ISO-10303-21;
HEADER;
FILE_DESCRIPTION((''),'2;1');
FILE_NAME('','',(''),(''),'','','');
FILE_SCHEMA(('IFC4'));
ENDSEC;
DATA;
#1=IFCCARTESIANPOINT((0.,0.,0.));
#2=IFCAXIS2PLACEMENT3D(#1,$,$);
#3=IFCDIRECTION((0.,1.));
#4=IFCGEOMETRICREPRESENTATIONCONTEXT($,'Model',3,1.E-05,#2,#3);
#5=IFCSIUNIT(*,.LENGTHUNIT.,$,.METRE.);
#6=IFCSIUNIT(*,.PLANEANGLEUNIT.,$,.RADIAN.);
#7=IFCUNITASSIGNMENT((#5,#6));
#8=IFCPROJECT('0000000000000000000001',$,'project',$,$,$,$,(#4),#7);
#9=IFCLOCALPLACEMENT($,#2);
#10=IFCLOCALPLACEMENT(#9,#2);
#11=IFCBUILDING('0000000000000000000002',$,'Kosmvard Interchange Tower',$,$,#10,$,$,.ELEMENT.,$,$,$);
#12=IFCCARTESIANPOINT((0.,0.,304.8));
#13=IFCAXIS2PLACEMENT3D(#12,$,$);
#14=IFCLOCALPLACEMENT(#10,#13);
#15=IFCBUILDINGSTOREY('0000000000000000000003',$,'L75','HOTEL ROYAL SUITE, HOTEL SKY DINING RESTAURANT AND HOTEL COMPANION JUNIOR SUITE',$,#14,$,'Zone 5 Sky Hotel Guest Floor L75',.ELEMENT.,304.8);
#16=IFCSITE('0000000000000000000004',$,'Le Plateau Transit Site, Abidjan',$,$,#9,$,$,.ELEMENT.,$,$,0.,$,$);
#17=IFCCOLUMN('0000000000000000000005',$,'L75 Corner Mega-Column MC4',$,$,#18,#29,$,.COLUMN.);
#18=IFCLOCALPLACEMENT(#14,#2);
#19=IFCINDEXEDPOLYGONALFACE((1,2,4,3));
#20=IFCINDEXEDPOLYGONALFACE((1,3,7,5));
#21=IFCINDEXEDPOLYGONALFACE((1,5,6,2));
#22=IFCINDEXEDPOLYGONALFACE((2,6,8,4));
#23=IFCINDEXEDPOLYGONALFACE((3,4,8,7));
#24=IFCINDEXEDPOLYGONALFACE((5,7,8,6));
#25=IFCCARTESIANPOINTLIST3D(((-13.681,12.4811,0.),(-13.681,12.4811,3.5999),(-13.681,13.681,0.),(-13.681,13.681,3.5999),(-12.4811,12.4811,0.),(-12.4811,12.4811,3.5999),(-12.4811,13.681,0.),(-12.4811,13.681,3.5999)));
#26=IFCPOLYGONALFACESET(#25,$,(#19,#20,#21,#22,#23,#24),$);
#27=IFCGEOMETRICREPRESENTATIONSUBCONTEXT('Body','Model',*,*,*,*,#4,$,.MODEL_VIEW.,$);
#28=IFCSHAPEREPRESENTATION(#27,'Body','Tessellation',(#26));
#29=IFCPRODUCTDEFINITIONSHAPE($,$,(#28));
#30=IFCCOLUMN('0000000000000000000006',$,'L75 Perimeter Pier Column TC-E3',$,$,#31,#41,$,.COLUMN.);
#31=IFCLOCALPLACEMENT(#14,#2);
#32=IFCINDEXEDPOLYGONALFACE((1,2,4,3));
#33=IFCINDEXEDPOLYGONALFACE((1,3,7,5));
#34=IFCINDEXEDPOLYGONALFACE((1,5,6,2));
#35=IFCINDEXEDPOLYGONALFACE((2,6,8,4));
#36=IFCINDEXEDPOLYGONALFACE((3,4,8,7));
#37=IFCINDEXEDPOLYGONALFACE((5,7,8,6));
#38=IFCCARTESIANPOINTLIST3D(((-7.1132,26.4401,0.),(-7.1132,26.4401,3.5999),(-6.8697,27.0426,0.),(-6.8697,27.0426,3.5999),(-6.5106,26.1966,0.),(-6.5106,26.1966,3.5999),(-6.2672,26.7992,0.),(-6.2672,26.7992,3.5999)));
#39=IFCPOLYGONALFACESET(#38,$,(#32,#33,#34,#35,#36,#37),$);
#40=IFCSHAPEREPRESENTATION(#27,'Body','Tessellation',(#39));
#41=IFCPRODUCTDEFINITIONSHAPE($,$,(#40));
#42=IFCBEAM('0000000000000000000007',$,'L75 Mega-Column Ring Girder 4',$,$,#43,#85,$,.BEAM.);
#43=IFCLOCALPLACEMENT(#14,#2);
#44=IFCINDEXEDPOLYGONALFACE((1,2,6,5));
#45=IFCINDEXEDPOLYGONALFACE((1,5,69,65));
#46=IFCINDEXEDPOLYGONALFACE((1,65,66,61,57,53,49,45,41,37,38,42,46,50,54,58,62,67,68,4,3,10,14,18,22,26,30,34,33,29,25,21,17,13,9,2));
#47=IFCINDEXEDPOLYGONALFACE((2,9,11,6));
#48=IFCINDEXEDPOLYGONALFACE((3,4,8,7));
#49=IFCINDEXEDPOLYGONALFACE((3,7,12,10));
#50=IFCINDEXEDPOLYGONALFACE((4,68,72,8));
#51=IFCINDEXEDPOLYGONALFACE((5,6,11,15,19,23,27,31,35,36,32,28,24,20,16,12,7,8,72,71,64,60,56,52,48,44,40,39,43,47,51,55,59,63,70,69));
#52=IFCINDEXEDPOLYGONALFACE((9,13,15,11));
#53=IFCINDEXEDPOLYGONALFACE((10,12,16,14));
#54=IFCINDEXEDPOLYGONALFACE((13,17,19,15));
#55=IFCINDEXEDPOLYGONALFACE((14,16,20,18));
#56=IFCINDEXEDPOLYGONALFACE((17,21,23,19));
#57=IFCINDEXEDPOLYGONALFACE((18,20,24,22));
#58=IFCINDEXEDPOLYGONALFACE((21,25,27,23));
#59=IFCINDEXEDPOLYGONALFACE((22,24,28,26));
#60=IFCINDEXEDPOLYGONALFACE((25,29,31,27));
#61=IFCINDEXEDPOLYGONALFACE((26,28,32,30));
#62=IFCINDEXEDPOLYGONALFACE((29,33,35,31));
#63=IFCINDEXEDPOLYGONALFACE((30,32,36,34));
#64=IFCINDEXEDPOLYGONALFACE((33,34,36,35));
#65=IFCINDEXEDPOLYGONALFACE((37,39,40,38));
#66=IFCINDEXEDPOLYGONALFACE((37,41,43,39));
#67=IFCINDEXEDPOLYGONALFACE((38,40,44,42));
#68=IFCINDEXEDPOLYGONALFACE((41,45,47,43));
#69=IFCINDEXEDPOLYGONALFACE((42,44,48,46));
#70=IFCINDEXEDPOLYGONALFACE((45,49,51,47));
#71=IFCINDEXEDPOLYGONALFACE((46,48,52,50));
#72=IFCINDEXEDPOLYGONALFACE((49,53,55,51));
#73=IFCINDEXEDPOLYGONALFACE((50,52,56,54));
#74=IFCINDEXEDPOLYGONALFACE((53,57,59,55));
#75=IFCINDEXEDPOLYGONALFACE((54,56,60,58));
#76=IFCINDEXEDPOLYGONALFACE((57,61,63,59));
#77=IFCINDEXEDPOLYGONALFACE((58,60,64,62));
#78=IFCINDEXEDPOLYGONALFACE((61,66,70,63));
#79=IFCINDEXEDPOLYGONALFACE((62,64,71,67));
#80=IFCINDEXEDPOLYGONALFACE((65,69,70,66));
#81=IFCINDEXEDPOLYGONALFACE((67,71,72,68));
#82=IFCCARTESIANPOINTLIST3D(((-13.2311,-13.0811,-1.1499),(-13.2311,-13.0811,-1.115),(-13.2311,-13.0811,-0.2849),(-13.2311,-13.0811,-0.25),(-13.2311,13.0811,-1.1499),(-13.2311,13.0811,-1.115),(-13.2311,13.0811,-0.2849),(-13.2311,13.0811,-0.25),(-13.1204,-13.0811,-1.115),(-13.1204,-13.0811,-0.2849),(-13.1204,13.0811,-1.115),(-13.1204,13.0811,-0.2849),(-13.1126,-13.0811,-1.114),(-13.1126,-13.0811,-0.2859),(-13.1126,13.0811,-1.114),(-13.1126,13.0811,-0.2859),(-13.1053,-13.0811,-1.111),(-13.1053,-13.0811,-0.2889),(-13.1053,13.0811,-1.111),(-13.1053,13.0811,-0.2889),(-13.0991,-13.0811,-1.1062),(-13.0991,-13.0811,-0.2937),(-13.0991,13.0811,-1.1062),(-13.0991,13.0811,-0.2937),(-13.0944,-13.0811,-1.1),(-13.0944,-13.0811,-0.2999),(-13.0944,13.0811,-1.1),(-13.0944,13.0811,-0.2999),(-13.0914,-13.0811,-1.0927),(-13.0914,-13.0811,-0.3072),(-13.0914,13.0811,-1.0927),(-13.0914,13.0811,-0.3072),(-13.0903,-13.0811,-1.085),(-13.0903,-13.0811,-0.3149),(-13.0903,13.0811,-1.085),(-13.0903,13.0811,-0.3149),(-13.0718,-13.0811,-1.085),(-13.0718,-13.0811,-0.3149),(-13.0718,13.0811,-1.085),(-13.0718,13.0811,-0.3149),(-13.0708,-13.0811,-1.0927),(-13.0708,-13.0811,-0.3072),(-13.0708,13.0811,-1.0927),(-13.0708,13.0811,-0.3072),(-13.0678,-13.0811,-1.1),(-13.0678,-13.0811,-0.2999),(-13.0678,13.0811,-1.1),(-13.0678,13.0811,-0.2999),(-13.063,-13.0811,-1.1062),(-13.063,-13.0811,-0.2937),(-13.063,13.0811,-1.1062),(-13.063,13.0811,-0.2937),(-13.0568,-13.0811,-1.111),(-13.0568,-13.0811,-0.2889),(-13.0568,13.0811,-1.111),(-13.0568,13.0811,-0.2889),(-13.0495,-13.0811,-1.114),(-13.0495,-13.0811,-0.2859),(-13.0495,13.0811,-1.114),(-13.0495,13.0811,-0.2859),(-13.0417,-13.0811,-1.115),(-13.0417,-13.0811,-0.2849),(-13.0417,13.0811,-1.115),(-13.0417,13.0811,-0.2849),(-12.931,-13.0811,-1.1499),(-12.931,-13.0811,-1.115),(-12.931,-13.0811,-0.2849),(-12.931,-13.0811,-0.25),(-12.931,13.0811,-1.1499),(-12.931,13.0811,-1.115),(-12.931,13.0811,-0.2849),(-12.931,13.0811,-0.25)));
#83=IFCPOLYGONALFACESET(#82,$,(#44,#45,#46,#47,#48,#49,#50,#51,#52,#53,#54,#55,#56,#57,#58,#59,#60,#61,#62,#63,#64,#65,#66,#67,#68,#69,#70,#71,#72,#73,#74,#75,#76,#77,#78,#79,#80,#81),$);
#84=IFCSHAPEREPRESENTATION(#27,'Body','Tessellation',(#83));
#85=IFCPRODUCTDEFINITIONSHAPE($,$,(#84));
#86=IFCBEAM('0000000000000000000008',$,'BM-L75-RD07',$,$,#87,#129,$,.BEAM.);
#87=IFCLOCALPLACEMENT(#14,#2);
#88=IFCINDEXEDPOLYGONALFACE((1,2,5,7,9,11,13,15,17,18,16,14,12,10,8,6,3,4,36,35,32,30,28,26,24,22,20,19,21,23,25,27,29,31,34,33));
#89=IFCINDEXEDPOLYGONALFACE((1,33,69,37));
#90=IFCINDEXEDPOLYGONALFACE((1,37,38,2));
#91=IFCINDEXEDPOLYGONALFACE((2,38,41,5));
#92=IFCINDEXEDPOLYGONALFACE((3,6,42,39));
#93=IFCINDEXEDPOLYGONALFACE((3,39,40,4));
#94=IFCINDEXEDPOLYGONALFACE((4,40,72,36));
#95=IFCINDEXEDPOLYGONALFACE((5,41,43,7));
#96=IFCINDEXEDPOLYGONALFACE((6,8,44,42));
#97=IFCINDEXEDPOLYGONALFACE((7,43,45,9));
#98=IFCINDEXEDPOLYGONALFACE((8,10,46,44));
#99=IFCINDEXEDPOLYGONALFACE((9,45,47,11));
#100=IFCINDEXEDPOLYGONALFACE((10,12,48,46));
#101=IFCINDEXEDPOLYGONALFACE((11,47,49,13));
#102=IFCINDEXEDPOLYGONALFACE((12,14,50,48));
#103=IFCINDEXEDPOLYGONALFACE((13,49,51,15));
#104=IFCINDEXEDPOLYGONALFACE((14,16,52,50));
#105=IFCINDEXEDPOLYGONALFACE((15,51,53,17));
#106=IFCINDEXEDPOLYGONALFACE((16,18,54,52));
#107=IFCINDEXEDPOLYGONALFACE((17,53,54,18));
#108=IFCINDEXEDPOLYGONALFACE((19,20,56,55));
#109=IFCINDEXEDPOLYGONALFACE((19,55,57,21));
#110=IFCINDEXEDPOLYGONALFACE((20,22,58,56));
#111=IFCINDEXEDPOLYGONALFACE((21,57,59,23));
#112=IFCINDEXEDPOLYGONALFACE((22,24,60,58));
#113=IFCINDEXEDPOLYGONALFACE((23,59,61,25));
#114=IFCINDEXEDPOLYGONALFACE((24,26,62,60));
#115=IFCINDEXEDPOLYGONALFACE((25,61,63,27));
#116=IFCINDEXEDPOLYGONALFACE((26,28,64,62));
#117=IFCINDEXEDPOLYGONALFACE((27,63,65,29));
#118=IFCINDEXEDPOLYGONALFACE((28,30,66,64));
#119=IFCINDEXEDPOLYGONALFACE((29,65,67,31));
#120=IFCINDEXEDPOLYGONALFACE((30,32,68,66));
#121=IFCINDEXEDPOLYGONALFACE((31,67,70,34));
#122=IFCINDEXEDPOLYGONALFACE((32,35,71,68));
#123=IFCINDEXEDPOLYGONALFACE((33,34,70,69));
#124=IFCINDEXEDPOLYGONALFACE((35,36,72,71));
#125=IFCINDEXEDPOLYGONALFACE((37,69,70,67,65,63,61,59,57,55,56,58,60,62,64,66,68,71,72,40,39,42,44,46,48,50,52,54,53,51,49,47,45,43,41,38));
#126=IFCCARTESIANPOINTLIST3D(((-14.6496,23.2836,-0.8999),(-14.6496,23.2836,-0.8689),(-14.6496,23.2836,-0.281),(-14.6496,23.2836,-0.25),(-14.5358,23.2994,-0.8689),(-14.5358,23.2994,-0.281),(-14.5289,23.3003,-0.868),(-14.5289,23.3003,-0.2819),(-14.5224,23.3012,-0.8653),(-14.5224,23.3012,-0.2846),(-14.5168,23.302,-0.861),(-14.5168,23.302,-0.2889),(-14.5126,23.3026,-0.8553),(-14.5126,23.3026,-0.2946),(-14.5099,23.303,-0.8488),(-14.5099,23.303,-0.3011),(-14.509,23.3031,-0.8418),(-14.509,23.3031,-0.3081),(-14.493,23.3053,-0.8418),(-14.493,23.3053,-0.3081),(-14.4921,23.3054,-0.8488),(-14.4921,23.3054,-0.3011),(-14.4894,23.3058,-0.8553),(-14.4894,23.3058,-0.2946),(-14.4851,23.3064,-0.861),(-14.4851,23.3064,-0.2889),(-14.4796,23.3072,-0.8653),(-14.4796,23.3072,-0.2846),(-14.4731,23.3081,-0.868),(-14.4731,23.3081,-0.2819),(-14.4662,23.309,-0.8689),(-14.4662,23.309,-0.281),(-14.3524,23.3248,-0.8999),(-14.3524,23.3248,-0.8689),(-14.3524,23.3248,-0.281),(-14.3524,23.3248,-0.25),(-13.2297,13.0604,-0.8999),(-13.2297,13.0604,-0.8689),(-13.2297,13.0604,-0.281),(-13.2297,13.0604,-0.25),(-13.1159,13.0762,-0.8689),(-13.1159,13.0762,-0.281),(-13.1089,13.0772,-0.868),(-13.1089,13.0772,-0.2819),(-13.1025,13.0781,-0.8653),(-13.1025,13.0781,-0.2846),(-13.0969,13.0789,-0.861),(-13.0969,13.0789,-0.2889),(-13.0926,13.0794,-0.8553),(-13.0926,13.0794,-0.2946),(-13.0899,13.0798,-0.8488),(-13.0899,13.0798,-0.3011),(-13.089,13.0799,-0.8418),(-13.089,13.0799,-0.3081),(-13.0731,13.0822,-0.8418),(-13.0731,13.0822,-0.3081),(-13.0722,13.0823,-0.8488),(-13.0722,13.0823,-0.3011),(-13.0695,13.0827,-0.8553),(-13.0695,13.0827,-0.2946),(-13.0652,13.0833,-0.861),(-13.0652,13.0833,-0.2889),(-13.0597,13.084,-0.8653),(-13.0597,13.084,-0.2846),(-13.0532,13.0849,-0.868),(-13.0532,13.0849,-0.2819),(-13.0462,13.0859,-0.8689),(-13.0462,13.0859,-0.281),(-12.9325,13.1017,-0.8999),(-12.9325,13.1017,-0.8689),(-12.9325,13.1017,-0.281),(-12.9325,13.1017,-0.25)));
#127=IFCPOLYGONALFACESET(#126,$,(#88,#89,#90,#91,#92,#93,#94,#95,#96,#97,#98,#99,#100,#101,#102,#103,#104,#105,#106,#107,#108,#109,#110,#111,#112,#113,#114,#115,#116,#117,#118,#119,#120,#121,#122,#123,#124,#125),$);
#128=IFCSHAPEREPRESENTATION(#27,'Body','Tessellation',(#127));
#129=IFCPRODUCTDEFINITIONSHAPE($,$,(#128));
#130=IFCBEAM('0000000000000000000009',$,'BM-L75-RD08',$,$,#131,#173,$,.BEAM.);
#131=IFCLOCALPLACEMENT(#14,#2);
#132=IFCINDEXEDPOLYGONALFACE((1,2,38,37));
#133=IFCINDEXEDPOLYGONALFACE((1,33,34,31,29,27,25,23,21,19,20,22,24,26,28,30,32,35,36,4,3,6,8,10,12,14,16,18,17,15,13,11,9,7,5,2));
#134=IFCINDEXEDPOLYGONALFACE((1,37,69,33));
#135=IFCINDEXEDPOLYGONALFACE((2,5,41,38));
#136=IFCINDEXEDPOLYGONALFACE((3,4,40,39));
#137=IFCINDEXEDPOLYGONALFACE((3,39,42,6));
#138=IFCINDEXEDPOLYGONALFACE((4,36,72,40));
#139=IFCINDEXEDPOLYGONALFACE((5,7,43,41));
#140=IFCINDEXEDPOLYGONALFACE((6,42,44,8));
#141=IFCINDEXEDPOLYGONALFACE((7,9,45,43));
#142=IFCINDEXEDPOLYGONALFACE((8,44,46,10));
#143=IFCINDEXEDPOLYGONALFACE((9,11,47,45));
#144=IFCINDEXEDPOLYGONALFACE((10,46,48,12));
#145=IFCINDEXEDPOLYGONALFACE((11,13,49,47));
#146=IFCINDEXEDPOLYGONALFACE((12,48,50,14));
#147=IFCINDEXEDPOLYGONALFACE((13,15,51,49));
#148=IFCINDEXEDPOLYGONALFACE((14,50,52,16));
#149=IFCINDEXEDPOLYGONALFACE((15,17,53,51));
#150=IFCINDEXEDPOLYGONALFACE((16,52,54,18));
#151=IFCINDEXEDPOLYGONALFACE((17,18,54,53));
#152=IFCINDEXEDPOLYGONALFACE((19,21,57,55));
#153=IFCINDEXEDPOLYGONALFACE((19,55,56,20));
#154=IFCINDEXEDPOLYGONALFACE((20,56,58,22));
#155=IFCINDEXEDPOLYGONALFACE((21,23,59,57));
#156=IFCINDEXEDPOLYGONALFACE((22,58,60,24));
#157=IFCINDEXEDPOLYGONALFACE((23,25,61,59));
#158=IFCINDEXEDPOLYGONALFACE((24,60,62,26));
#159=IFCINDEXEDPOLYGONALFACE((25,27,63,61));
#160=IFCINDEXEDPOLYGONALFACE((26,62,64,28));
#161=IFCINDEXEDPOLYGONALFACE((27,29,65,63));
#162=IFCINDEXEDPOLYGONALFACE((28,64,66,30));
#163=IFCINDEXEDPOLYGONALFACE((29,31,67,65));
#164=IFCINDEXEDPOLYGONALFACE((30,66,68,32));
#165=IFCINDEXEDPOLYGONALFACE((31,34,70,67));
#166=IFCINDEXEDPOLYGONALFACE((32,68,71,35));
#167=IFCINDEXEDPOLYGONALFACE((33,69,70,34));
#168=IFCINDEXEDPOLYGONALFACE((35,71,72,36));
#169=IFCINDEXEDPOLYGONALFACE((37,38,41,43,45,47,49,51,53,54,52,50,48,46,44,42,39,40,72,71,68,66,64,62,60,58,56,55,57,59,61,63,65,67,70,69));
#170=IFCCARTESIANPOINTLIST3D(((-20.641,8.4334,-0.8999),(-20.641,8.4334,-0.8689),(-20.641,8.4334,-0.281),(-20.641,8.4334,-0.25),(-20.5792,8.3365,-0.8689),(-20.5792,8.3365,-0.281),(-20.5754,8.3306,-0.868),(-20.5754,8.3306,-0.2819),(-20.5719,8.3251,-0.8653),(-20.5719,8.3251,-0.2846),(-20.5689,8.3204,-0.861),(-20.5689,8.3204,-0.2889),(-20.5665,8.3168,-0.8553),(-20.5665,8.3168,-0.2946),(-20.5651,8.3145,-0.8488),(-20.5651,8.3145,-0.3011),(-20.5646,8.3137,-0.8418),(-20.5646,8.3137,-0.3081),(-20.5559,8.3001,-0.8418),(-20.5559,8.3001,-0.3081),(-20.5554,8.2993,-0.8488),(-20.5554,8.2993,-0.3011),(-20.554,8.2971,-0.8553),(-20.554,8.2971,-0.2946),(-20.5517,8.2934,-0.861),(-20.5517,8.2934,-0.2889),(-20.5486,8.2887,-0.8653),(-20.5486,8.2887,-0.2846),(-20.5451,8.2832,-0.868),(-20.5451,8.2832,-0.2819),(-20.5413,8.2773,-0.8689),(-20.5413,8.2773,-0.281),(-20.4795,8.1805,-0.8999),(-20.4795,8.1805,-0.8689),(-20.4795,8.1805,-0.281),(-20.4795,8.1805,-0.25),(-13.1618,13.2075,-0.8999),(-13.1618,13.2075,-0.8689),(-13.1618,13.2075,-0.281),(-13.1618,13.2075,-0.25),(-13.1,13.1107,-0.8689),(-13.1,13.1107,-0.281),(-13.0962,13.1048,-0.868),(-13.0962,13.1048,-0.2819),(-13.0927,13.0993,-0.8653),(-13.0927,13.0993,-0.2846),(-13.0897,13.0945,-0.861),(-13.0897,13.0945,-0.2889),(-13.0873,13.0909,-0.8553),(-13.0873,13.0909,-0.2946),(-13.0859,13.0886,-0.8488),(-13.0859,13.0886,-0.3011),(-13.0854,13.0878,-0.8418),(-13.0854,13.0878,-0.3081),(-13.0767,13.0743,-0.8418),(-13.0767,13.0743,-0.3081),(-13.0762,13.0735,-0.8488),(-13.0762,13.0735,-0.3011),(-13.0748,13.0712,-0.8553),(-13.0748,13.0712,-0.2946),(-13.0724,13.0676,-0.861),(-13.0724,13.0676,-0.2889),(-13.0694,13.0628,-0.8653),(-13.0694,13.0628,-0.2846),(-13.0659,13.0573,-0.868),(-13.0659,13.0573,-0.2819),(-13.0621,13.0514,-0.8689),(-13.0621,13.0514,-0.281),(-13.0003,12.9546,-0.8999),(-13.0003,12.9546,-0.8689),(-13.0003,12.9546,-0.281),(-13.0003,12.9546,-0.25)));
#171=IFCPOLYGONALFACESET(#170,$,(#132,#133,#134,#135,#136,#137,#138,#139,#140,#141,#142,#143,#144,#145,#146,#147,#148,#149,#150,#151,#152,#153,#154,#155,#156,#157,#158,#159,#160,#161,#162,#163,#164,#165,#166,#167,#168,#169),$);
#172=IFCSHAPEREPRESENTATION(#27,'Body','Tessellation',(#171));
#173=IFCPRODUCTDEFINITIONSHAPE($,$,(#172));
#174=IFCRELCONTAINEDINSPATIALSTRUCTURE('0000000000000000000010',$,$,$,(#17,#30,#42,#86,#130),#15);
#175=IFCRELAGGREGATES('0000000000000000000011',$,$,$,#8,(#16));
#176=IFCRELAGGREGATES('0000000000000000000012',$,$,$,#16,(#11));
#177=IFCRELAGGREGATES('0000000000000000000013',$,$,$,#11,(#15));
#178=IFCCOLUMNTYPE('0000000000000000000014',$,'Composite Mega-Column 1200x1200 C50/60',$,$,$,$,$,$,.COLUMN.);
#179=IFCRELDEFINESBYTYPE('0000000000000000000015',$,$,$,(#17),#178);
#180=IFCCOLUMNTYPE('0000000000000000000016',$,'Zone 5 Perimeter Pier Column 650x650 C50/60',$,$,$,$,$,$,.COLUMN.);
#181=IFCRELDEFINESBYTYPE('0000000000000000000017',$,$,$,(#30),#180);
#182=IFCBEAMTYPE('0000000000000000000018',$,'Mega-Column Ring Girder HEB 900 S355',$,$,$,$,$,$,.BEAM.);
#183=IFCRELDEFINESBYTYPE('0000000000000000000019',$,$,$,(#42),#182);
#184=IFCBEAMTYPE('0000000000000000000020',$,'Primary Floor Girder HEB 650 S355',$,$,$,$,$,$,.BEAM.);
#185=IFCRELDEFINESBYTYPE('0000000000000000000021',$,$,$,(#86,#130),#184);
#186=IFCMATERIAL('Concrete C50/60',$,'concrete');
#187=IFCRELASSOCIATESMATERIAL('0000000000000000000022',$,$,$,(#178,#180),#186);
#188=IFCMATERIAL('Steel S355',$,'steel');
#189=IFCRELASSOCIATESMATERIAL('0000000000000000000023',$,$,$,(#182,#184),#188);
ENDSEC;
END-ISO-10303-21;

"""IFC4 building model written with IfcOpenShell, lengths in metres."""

from ifc_helpers import new_model, si_unit, direction, frame, origin, origin_2d, place, context, subcontext, project, spatial, rectangle, i_section, extrude, source, transform, mapped, material, material_profile, profile_set, type_object, element, save


model = new_model("IFC4")

# Units and contexts
model_context = context("Model", 3, precision=1e-05, world=origin(), true_north=direction((0.0, 1.0)))
body_context = subcontext(model_context, "Body", "Model", "MODEL_VIEW")
ifc_project = project(units=[si_unit("LENGTHUNIT", "METRE"), si_unit("PLANEANGLEUNIT", "RADIAN")], contexts=[model_context])

# Site, building, storey
site_placement = place(None, origin())
site = spatial("IfcSite", under=ifc_project, at=site_placement, Name="Le Plateau Transit Site, Abidjan", CompositionType="ELEMENT", RefElevation=0.0)
building_placement = place(site_placement, origin())
building = spatial("IfcBuilding", under=site, at=building_placement, Name="Kosmvard Interchange Tower", CompositionType="ELEMENT")
storey_placement = place(building_placement, frame((0.0, 0.0, 304.8)))
storey = spatial("IfcBuildingStorey", under=building, at=storey_placement, Name="L75", Description="HOTEL ROYAL SUITE, HOTEL SKY DINING RESTAURANT AND HOTEL COMPANION JUNIOR SUITE", LongName="Zone 5 Sky Hotel Guest Floor L75", CompositionType="ELEMENT", Elevation=304.8)

# Columns
ifc_material_1 = material(Name="Concrete C50/60", Category="concrete")
ifc_material_profile_1 = material_profile(ifc_material_1, rectangle(XDim=1.2, YDim=1.2, at=origin_2d()), Name="MC 1200x1200")
ifc_profile_set_1 = profile_set([ifc_material_profile_1], Name="Concrete C50/60")
column_type_1 = type_object("IfcColumnType", Name="Composite Mega-Column 1200x1200 C50/60", PredefinedType="COLUMN", material=ifc_profile_set_1)
shared_shape_1 = source(origin(), body_context, "Body", "SweptSolid", [
    extrude(rectangle(XDim=1.2, YDim=1.2, at=origin_2d()), origin(), (0.0, 0.0, 1.0), 3.5999),
])
column_1_placement = place(storey_placement, frame((-13.0811, 13.0811, 0.0), z_axis=(0.0, 0.0, 1.0), x_axis=(1.0, 0.0, 0.0)))
element("IfcColumn", 1, at=column_1_placement, inside=storey, type_object=column_type_1, Name="L75 Corner Mega-Column MC4", PredefinedType="COLUMN", context=body_context, shape_type="MappedRepresentation", body=[
    mapped(shared_shape_1, transform((0.0, 0.0, 0.0), scale=1.0)),
])
ifc_material_profile_2 = material_profile(ifc_material_1, rectangle(XDim=0.6499, YDim=0.6499, at=origin_2d()), Name="TC 650x650")
ifc_profile_set_2 = profile_set([ifc_material_profile_2], Name="Concrete C50/60")
column_type_2 = type_object("IfcColumnType", Name="Zone 5 Perimeter Pier Column 650x650 C50/60", PredefinedType="COLUMN", material=ifc_profile_set_2)
shared_shape_2 = source(origin(), body_context, "Body", "SweptSolid", [
    extrude(rectangle(XDim=0.6499, YDim=0.6499, at=origin_2d()), origin(), (0.0, 0.0, 1.0), 3.5999),
])
column_2_placement = place(storey_placement, frame((-6.6902, 26.6196, 0.0), z_axis=(0.0, 0.0, 1.0), x_axis=(0.374607, 0.927184, 0.0)))
element("IfcColumn", 2, at=column_2_placement, inside=storey, type_object=column_type_2, Name="L75 Perimeter Pier Column TC-E3", PredefinedType="COLUMN", context=body_context, shape_type="MappedRepresentation", body=[
    mapped(shared_shape_2, transform((0.0, 0.0, 0.0), scale=1.0)),
])

# Beams
ifc_material_2 = material(Name="Steel S355", Category="steel")
ifc_material_profile_3 = material_profile(ifc_material_2, i_section(OverallWidth=0.3, OverallDepth=0.8999, WebThickness=0.0186, FlangeThickness=0.0349, FilletRadius=0.03, at=origin_2d()), Name="HEB 900")
ifc_profile_set_3 = profile_set([ifc_material_profile_3], Name="Steel S355")
beam_type_1 = type_object("IfcBeamType", Name="Mega-Column Ring Girder HEB 900 S355", PredefinedType="BEAM", material=ifc_profile_set_3)
shared_shape_3 = source(origin(), body_context, "Body", "SweptSolid", [
    extrude(i_section(OverallWidth=0.3, OverallDepth=0.8999, WebThickness=0.0186, FlangeThickness=0.0349, FilletRadius=0.03, at=origin_2d()), origin(), (0.0, 0.0, 1.0), 26.1621),
])
beam_1_placement = place(storey_placement, frame((-13.0811, 13.0811, -0.7), z_axis=(0.0, -1.0, 0.0), x_axis=(1.0, 0.0, 0.0)))
element("IfcBeam", 3, at=beam_1_placement, inside=storey, type_object=beam_type_1, Name="L75 Mega-Column Ring Girder 4", PredefinedType="BEAM", context=body_context, shape_type="MappedRepresentation", body=[
    mapped(shared_shape_3, transform((0.0, 0.0, 0.0), scale=1.0)),
])
ifc_material_profile_4 = material_profile(ifc_material_2, i_section(OverallWidth=0.3, OverallDepth=0.6499, WebThickness=0.0161, FlangeThickness=0.031, FilletRadius=0.0271, at=origin_2d()), Name="HEB 650")
ifc_profile_set_4 = profile_set([ifc_material_profile_4], Name="Steel S355")
beam_type_2 = type_object("IfcBeamType", Name="Primary Floor Girder HEB 650 S355", PredefinedType="BEAM", material=ifc_profile_set_4)
shared_shape_4 = source(origin(), body_context, "Body", "SweptSolid", [
    extrude(i_section(OverallWidth=0.3, OverallDepth=0.6499, WebThickness=0.0161, FlangeThickness=0.031, FilletRadius=0.0271, at=origin_2d()), origin(), (0.0, 0.0, 1.0), 10.3213),
])
beam_2_placement = place(storey_placement, frame((-13.0811, 13.0811, -0.575), z_axis=(-0.137572, 0.990492, 0.0), x_axis=(-0.990492, -0.137572, 0.0)))
element("IfcBeam", 4, at=beam_2_placement, inside=storey, type_object=beam_type_2, Name="BM-L75-RD07", PredefinedType="BEAM", context=body_context, shape_type="MappedRepresentation", body=[
    mapped(shared_shape_4, transform((0.0, 0.0, 0.0), scale=1.0)),
])
shared_shape_5 = source(origin(), body_context, "Body", "SweptSolid", [
    extrude(i_section(OverallWidth=0.3, OverallDepth=0.6499, WebThickness=0.0161, FlangeThickness=0.031, FilletRadius=0.0271, at=origin_2d()), origin(), (0.0, 0.0, 1.0), 8.873),
])
beam_3_placement = place(storey_placement, frame((-13.0811, 13.0811, -0.575), z_axis=(-0.842913, -0.53805, 0.0), x_axis=(0.53805, -0.842913, 0.0)))
element("IfcBeam", 5, at=beam_3_placement, inside=storey, type_object=beam_type_2, Name="BM-L75-RD08", PredefinedType="BEAM", context=body_context, shape_type="MappedRepresentation", body=[
    mapped(shared_shape_5, transform((0.0, 0.0, 0.0), scale=1.0)),
])

save(model, "model.ifc")
